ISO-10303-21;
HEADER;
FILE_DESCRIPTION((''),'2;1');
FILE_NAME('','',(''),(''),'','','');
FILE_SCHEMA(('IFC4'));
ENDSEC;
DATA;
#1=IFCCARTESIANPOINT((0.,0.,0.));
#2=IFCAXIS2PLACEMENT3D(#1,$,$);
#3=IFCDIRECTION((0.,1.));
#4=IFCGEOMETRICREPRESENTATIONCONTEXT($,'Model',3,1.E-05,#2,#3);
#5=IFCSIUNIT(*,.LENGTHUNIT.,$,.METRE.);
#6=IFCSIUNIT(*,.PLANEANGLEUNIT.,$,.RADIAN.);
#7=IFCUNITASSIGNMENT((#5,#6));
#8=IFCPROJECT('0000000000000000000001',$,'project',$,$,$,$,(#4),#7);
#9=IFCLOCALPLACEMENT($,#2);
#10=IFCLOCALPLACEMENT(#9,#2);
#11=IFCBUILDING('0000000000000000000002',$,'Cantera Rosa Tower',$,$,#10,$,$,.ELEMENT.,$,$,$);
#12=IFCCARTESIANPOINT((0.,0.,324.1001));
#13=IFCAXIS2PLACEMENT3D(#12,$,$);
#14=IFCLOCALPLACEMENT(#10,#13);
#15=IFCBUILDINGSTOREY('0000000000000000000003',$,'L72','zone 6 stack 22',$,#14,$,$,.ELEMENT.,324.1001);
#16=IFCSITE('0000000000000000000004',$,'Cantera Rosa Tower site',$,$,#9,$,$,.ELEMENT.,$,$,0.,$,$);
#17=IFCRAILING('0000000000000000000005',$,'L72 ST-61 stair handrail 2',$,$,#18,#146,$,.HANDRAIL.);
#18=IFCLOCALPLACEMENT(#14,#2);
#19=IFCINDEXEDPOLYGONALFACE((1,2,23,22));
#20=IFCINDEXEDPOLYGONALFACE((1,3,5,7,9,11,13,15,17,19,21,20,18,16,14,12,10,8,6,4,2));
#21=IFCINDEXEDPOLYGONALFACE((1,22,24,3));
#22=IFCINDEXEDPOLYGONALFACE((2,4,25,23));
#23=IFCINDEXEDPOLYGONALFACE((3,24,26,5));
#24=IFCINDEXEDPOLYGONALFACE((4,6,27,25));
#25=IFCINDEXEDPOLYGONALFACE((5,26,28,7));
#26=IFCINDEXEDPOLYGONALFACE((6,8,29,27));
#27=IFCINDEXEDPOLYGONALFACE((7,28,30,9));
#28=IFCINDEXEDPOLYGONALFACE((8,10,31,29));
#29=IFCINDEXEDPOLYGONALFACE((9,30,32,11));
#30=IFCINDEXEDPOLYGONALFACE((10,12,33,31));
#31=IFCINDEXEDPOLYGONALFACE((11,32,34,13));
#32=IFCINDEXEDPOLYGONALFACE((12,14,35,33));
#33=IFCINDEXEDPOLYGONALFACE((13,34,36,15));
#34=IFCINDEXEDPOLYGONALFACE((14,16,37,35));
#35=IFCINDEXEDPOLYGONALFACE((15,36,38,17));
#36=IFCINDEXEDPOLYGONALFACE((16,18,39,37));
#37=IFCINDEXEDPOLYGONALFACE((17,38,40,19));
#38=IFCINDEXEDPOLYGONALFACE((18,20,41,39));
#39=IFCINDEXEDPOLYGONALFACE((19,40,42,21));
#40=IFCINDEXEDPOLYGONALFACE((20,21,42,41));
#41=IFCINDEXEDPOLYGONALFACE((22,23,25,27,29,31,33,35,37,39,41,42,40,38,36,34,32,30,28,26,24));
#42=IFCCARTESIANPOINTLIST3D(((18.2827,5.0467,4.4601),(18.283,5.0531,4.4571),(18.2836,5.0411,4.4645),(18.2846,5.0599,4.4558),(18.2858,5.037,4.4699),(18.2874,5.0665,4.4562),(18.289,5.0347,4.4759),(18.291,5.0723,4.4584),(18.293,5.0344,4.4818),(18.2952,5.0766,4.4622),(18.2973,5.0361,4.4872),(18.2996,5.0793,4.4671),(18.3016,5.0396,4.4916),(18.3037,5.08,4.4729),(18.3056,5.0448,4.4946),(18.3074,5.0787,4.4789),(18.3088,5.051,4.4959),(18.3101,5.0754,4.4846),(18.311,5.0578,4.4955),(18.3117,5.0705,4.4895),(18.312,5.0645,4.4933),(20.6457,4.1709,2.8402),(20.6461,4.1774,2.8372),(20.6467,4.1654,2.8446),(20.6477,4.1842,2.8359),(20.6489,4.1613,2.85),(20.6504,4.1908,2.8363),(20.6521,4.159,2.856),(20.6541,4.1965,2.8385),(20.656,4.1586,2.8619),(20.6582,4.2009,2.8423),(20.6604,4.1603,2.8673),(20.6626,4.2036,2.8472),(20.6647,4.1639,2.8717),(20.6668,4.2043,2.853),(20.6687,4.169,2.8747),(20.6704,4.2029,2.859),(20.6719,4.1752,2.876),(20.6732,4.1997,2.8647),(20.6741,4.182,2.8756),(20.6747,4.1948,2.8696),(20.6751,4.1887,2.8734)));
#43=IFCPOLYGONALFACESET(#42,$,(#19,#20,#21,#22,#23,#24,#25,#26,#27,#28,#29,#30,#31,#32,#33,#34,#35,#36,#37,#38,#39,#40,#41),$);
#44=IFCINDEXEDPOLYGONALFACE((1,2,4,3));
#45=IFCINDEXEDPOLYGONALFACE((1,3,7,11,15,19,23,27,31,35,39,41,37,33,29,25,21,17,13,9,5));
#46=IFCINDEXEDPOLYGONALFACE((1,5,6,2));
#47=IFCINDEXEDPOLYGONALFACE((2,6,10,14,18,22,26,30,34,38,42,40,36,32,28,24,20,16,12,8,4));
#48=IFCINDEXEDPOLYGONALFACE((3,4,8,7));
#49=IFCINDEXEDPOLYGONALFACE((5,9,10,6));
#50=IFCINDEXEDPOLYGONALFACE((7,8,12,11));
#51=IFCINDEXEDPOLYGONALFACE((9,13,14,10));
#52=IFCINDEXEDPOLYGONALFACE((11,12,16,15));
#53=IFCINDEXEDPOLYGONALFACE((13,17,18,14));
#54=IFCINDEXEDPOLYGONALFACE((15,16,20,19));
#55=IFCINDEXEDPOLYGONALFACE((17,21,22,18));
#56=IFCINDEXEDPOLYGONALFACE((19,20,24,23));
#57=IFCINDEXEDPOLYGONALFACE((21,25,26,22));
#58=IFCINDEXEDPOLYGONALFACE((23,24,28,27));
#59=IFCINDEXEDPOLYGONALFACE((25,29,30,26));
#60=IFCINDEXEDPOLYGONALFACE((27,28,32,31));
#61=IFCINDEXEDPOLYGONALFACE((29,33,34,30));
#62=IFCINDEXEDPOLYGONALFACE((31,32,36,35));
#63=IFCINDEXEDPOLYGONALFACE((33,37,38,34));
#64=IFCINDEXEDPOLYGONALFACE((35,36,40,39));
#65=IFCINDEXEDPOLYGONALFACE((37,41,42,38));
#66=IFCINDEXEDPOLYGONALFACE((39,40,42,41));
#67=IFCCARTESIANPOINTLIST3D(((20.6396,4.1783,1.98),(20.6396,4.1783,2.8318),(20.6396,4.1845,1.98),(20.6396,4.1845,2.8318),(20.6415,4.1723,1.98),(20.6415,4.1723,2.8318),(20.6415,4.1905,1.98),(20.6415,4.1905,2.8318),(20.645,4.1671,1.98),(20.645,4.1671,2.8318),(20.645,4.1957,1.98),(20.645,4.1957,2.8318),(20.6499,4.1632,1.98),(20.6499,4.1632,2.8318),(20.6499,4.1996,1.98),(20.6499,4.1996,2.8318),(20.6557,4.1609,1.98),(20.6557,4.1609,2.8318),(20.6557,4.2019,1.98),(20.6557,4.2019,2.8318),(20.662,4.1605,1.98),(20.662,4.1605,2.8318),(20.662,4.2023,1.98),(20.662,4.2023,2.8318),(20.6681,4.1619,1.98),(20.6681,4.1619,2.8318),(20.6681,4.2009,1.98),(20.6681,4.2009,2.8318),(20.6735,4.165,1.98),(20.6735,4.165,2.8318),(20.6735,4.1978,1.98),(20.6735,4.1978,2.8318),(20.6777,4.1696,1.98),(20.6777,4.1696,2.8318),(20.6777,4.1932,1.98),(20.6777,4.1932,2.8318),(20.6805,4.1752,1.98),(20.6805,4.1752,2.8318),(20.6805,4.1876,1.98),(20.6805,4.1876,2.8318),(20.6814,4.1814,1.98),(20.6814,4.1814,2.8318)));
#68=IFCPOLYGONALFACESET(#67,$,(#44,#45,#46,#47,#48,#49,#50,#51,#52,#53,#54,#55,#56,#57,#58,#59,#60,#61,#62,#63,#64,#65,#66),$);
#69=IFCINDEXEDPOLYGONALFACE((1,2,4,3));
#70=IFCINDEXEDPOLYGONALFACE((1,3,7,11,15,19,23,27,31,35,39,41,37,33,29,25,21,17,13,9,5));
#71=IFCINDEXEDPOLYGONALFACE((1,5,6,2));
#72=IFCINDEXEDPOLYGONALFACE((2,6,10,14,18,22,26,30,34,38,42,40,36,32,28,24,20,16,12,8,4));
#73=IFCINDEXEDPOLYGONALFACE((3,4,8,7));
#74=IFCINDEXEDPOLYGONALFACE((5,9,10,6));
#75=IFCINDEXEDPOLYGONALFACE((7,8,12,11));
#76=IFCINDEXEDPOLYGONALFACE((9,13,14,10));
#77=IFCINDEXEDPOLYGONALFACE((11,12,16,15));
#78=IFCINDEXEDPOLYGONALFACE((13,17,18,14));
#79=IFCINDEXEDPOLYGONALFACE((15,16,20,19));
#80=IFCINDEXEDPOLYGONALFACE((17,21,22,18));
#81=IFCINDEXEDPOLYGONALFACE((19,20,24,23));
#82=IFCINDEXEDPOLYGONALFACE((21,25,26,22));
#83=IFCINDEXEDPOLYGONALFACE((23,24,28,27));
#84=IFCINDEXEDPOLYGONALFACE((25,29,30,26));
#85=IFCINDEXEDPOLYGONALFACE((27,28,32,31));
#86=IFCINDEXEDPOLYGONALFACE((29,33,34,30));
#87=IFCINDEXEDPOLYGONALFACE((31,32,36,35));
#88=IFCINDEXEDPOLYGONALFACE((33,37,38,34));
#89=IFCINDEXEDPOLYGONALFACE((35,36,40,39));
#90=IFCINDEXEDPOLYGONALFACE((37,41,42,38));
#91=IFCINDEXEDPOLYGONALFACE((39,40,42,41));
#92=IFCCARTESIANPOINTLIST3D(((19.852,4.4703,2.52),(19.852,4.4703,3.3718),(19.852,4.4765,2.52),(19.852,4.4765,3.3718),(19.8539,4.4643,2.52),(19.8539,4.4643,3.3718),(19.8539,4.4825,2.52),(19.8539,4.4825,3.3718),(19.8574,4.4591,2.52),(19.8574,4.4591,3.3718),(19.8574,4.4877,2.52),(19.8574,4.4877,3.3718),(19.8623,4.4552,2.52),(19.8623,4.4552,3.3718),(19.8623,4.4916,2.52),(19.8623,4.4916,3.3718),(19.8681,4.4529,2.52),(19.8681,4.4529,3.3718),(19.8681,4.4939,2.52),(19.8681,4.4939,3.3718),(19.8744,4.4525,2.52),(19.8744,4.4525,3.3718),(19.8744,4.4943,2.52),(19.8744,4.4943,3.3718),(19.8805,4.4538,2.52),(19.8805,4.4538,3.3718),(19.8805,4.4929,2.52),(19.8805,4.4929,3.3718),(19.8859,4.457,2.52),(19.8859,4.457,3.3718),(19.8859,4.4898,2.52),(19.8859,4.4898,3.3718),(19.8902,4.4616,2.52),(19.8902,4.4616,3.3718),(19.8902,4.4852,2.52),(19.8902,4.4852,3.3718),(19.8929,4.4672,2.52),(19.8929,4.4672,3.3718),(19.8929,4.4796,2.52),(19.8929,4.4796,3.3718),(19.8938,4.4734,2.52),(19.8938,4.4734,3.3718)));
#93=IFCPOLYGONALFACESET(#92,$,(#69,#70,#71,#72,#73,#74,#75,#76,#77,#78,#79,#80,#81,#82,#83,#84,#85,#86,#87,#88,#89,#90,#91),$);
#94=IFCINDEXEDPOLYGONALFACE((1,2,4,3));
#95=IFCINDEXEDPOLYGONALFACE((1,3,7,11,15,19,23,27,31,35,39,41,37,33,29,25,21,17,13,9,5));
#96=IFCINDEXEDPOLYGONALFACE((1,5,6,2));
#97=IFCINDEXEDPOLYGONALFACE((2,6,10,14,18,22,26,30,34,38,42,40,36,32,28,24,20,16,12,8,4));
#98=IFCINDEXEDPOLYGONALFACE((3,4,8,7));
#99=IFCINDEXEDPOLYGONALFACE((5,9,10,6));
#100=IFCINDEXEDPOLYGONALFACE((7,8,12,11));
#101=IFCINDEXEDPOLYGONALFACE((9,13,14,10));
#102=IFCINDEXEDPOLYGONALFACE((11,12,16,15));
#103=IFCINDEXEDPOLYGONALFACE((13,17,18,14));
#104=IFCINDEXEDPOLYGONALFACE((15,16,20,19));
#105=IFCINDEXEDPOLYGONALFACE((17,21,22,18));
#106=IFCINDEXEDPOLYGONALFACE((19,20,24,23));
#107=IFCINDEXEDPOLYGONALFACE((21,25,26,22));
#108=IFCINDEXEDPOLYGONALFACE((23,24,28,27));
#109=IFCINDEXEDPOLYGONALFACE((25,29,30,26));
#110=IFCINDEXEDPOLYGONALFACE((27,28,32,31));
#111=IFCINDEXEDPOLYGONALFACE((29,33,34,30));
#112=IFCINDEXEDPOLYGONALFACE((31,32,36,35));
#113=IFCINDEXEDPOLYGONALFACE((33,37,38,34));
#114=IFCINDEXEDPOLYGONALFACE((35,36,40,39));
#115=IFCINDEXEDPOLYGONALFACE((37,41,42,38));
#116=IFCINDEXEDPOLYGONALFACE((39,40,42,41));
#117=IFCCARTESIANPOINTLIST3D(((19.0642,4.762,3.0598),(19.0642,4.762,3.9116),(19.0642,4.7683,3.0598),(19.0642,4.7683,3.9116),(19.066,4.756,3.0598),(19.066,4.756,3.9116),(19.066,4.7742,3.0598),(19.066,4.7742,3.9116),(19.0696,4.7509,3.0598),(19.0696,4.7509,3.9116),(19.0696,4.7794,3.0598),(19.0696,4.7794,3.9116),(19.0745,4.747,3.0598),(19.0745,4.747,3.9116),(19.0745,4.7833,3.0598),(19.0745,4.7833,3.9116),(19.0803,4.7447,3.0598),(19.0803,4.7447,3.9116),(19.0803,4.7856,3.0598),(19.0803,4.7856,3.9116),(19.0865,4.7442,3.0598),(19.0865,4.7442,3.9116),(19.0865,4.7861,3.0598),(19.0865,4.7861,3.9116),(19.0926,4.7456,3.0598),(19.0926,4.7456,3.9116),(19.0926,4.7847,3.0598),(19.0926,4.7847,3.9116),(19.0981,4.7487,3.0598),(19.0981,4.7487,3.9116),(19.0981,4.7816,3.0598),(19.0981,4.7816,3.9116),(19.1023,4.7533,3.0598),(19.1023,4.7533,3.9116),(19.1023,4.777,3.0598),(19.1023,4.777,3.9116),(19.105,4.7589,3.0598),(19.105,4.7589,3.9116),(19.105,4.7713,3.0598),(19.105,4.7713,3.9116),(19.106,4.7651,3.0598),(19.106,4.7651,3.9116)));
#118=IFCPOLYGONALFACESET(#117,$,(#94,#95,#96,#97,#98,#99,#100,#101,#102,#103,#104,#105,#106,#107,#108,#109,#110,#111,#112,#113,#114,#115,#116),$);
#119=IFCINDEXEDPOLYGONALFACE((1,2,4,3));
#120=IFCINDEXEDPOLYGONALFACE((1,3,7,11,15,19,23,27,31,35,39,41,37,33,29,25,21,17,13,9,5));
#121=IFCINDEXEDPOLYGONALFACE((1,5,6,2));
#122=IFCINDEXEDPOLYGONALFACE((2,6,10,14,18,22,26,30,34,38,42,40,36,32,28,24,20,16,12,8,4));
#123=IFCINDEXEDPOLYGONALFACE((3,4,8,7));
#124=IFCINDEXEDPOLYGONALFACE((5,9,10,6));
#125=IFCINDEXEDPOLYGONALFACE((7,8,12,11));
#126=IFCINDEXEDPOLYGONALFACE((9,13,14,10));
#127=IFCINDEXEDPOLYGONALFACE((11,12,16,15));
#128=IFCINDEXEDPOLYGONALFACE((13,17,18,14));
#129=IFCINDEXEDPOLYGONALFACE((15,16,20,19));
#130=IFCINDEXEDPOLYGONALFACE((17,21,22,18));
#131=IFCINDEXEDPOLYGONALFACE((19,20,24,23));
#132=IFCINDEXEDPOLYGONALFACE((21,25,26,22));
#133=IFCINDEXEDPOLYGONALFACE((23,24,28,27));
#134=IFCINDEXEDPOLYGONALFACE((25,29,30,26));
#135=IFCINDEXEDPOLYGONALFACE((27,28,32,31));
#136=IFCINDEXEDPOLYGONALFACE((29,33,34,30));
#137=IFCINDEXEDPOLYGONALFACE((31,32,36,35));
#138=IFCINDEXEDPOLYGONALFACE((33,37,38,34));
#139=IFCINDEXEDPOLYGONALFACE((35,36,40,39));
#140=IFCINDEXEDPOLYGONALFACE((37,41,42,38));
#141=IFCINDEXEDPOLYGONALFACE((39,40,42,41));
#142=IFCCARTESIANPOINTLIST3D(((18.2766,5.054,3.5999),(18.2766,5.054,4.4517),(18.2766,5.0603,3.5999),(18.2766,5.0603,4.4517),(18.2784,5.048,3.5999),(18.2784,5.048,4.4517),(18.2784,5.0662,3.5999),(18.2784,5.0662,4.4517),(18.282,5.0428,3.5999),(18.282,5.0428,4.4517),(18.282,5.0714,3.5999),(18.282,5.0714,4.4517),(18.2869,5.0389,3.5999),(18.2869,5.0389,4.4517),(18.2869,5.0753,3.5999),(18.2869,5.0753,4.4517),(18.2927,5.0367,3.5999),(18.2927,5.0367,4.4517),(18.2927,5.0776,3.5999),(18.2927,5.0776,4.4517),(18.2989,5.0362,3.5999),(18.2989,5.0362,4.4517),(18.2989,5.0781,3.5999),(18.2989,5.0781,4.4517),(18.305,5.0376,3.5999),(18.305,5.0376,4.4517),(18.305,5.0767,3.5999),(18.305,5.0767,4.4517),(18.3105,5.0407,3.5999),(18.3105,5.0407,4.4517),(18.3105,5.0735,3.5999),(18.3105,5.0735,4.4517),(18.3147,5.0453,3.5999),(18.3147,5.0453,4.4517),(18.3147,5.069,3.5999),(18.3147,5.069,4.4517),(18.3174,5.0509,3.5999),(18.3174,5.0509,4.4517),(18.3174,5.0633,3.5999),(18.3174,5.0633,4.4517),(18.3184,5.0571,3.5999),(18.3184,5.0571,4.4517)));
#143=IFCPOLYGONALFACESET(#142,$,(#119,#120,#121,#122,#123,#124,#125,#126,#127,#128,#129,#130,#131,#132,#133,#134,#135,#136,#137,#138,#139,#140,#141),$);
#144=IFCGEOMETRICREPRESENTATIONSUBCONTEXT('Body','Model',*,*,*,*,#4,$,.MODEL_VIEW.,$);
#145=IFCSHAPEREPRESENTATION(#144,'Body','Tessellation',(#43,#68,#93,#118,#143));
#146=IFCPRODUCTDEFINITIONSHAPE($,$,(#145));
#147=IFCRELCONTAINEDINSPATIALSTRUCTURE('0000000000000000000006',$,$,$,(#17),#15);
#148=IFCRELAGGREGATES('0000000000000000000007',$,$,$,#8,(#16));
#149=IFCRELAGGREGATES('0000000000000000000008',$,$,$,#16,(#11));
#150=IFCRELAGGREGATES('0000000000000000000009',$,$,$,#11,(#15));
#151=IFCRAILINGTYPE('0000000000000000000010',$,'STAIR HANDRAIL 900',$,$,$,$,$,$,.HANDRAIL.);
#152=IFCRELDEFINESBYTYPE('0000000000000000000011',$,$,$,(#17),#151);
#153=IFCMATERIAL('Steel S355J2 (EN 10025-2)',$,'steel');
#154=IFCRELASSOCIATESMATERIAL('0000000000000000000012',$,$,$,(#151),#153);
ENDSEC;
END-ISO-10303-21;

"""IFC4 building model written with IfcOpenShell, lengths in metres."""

from ifc_helpers import new_model, si_unit, direction, frame, origin, origin_2d, place, context, subcontext, project, spatial, circle, extrude, material, type_object, element, save


model = new_model("IFC4")

# Units and contexts
model_context = context("Model", 3, precision=1e-05, world=origin(), true_north=direction((0.0, 1.0)))
body_context = subcontext(model_context, "Body", "Model", "MODEL_VIEW")
ifc_project = project(units=[si_unit("LENGTHUNIT", "METRE"), si_unit("PLANEANGLEUNIT", "RADIAN")], contexts=[model_context])

# Site, building, storey
site_placement = place(None, origin())
site = spatial("IfcSite", under=ifc_project, at=site_placement, Name="Cantera Rosa Tower site", CompositionType="ELEMENT", RefElevation=0.0)
building_placement = place(site_placement, origin())
building = spatial("IfcBuilding", under=site, at=building_placement, Name="Cantera Rosa Tower", CompositionType="ELEMENT")
storey_placement = place(building_placement, frame((0.0, 0.0, 324.1001)))
storey = spatial("IfcBuildingStorey", under=building, at=storey_placement, Name="L72", Description="zone 6 stack 22", CompositionType="ELEMENT", Elevation=324.1001)

# Railing
ifc_material_1 = material(Name="Steel S355J2 (EN 10025-2)", Category="steel")
railing_type = type_object("IfcRailingType", Name="STAIR HANDRAIL 900", PredefinedType="HANDRAIL", material=ifc_material_1)
railing_placement = place(storey_placement, frame((20.6604, 4.1814, 1.98)))
element("IfcRailing", 1, at=railing_placement, inside=storey, type_object=railing_type, Name="L72 ST-61 stair handrail 2", PredefinedType="HANDRAIL", context=body_context, shape_type="SweptSolid", body=[
    extrude(circle(Radius=0.0239, at=origin_2d()), frame((0.0, 0.0, 0.876), z_axis=(-0.788782, 0.29232, 0.540714), x_axis=(-0.347501, -0.93768, 0.0)), (0.0, 0.0, 1.0), 2.9958),
    extrude(circle(Radius=0.021, at=origin_2d()), origin(), (0.0, 0.0, 1.0), 0.8518),
    extrude(circle(Radius=0.021, at=origin_2d()), frame((-0.7876, 0.292, 0.54)), (0.0, 0.0, 1.0), 0.8518),
    extrude(circle(Radius=0.021, at=origin_2d()), frame((-1.5754, 0.5837, 1.0798)), (0.0, 0.0, 1.0), 0.8518),
    extrude(circle(Radius=0.021, at=origin_2d()), frame((-2.363, 0.8757, 1.6199)), (0.0, 0.0, 1.0), 0.8518),
])

save(model, "model.ifc")
